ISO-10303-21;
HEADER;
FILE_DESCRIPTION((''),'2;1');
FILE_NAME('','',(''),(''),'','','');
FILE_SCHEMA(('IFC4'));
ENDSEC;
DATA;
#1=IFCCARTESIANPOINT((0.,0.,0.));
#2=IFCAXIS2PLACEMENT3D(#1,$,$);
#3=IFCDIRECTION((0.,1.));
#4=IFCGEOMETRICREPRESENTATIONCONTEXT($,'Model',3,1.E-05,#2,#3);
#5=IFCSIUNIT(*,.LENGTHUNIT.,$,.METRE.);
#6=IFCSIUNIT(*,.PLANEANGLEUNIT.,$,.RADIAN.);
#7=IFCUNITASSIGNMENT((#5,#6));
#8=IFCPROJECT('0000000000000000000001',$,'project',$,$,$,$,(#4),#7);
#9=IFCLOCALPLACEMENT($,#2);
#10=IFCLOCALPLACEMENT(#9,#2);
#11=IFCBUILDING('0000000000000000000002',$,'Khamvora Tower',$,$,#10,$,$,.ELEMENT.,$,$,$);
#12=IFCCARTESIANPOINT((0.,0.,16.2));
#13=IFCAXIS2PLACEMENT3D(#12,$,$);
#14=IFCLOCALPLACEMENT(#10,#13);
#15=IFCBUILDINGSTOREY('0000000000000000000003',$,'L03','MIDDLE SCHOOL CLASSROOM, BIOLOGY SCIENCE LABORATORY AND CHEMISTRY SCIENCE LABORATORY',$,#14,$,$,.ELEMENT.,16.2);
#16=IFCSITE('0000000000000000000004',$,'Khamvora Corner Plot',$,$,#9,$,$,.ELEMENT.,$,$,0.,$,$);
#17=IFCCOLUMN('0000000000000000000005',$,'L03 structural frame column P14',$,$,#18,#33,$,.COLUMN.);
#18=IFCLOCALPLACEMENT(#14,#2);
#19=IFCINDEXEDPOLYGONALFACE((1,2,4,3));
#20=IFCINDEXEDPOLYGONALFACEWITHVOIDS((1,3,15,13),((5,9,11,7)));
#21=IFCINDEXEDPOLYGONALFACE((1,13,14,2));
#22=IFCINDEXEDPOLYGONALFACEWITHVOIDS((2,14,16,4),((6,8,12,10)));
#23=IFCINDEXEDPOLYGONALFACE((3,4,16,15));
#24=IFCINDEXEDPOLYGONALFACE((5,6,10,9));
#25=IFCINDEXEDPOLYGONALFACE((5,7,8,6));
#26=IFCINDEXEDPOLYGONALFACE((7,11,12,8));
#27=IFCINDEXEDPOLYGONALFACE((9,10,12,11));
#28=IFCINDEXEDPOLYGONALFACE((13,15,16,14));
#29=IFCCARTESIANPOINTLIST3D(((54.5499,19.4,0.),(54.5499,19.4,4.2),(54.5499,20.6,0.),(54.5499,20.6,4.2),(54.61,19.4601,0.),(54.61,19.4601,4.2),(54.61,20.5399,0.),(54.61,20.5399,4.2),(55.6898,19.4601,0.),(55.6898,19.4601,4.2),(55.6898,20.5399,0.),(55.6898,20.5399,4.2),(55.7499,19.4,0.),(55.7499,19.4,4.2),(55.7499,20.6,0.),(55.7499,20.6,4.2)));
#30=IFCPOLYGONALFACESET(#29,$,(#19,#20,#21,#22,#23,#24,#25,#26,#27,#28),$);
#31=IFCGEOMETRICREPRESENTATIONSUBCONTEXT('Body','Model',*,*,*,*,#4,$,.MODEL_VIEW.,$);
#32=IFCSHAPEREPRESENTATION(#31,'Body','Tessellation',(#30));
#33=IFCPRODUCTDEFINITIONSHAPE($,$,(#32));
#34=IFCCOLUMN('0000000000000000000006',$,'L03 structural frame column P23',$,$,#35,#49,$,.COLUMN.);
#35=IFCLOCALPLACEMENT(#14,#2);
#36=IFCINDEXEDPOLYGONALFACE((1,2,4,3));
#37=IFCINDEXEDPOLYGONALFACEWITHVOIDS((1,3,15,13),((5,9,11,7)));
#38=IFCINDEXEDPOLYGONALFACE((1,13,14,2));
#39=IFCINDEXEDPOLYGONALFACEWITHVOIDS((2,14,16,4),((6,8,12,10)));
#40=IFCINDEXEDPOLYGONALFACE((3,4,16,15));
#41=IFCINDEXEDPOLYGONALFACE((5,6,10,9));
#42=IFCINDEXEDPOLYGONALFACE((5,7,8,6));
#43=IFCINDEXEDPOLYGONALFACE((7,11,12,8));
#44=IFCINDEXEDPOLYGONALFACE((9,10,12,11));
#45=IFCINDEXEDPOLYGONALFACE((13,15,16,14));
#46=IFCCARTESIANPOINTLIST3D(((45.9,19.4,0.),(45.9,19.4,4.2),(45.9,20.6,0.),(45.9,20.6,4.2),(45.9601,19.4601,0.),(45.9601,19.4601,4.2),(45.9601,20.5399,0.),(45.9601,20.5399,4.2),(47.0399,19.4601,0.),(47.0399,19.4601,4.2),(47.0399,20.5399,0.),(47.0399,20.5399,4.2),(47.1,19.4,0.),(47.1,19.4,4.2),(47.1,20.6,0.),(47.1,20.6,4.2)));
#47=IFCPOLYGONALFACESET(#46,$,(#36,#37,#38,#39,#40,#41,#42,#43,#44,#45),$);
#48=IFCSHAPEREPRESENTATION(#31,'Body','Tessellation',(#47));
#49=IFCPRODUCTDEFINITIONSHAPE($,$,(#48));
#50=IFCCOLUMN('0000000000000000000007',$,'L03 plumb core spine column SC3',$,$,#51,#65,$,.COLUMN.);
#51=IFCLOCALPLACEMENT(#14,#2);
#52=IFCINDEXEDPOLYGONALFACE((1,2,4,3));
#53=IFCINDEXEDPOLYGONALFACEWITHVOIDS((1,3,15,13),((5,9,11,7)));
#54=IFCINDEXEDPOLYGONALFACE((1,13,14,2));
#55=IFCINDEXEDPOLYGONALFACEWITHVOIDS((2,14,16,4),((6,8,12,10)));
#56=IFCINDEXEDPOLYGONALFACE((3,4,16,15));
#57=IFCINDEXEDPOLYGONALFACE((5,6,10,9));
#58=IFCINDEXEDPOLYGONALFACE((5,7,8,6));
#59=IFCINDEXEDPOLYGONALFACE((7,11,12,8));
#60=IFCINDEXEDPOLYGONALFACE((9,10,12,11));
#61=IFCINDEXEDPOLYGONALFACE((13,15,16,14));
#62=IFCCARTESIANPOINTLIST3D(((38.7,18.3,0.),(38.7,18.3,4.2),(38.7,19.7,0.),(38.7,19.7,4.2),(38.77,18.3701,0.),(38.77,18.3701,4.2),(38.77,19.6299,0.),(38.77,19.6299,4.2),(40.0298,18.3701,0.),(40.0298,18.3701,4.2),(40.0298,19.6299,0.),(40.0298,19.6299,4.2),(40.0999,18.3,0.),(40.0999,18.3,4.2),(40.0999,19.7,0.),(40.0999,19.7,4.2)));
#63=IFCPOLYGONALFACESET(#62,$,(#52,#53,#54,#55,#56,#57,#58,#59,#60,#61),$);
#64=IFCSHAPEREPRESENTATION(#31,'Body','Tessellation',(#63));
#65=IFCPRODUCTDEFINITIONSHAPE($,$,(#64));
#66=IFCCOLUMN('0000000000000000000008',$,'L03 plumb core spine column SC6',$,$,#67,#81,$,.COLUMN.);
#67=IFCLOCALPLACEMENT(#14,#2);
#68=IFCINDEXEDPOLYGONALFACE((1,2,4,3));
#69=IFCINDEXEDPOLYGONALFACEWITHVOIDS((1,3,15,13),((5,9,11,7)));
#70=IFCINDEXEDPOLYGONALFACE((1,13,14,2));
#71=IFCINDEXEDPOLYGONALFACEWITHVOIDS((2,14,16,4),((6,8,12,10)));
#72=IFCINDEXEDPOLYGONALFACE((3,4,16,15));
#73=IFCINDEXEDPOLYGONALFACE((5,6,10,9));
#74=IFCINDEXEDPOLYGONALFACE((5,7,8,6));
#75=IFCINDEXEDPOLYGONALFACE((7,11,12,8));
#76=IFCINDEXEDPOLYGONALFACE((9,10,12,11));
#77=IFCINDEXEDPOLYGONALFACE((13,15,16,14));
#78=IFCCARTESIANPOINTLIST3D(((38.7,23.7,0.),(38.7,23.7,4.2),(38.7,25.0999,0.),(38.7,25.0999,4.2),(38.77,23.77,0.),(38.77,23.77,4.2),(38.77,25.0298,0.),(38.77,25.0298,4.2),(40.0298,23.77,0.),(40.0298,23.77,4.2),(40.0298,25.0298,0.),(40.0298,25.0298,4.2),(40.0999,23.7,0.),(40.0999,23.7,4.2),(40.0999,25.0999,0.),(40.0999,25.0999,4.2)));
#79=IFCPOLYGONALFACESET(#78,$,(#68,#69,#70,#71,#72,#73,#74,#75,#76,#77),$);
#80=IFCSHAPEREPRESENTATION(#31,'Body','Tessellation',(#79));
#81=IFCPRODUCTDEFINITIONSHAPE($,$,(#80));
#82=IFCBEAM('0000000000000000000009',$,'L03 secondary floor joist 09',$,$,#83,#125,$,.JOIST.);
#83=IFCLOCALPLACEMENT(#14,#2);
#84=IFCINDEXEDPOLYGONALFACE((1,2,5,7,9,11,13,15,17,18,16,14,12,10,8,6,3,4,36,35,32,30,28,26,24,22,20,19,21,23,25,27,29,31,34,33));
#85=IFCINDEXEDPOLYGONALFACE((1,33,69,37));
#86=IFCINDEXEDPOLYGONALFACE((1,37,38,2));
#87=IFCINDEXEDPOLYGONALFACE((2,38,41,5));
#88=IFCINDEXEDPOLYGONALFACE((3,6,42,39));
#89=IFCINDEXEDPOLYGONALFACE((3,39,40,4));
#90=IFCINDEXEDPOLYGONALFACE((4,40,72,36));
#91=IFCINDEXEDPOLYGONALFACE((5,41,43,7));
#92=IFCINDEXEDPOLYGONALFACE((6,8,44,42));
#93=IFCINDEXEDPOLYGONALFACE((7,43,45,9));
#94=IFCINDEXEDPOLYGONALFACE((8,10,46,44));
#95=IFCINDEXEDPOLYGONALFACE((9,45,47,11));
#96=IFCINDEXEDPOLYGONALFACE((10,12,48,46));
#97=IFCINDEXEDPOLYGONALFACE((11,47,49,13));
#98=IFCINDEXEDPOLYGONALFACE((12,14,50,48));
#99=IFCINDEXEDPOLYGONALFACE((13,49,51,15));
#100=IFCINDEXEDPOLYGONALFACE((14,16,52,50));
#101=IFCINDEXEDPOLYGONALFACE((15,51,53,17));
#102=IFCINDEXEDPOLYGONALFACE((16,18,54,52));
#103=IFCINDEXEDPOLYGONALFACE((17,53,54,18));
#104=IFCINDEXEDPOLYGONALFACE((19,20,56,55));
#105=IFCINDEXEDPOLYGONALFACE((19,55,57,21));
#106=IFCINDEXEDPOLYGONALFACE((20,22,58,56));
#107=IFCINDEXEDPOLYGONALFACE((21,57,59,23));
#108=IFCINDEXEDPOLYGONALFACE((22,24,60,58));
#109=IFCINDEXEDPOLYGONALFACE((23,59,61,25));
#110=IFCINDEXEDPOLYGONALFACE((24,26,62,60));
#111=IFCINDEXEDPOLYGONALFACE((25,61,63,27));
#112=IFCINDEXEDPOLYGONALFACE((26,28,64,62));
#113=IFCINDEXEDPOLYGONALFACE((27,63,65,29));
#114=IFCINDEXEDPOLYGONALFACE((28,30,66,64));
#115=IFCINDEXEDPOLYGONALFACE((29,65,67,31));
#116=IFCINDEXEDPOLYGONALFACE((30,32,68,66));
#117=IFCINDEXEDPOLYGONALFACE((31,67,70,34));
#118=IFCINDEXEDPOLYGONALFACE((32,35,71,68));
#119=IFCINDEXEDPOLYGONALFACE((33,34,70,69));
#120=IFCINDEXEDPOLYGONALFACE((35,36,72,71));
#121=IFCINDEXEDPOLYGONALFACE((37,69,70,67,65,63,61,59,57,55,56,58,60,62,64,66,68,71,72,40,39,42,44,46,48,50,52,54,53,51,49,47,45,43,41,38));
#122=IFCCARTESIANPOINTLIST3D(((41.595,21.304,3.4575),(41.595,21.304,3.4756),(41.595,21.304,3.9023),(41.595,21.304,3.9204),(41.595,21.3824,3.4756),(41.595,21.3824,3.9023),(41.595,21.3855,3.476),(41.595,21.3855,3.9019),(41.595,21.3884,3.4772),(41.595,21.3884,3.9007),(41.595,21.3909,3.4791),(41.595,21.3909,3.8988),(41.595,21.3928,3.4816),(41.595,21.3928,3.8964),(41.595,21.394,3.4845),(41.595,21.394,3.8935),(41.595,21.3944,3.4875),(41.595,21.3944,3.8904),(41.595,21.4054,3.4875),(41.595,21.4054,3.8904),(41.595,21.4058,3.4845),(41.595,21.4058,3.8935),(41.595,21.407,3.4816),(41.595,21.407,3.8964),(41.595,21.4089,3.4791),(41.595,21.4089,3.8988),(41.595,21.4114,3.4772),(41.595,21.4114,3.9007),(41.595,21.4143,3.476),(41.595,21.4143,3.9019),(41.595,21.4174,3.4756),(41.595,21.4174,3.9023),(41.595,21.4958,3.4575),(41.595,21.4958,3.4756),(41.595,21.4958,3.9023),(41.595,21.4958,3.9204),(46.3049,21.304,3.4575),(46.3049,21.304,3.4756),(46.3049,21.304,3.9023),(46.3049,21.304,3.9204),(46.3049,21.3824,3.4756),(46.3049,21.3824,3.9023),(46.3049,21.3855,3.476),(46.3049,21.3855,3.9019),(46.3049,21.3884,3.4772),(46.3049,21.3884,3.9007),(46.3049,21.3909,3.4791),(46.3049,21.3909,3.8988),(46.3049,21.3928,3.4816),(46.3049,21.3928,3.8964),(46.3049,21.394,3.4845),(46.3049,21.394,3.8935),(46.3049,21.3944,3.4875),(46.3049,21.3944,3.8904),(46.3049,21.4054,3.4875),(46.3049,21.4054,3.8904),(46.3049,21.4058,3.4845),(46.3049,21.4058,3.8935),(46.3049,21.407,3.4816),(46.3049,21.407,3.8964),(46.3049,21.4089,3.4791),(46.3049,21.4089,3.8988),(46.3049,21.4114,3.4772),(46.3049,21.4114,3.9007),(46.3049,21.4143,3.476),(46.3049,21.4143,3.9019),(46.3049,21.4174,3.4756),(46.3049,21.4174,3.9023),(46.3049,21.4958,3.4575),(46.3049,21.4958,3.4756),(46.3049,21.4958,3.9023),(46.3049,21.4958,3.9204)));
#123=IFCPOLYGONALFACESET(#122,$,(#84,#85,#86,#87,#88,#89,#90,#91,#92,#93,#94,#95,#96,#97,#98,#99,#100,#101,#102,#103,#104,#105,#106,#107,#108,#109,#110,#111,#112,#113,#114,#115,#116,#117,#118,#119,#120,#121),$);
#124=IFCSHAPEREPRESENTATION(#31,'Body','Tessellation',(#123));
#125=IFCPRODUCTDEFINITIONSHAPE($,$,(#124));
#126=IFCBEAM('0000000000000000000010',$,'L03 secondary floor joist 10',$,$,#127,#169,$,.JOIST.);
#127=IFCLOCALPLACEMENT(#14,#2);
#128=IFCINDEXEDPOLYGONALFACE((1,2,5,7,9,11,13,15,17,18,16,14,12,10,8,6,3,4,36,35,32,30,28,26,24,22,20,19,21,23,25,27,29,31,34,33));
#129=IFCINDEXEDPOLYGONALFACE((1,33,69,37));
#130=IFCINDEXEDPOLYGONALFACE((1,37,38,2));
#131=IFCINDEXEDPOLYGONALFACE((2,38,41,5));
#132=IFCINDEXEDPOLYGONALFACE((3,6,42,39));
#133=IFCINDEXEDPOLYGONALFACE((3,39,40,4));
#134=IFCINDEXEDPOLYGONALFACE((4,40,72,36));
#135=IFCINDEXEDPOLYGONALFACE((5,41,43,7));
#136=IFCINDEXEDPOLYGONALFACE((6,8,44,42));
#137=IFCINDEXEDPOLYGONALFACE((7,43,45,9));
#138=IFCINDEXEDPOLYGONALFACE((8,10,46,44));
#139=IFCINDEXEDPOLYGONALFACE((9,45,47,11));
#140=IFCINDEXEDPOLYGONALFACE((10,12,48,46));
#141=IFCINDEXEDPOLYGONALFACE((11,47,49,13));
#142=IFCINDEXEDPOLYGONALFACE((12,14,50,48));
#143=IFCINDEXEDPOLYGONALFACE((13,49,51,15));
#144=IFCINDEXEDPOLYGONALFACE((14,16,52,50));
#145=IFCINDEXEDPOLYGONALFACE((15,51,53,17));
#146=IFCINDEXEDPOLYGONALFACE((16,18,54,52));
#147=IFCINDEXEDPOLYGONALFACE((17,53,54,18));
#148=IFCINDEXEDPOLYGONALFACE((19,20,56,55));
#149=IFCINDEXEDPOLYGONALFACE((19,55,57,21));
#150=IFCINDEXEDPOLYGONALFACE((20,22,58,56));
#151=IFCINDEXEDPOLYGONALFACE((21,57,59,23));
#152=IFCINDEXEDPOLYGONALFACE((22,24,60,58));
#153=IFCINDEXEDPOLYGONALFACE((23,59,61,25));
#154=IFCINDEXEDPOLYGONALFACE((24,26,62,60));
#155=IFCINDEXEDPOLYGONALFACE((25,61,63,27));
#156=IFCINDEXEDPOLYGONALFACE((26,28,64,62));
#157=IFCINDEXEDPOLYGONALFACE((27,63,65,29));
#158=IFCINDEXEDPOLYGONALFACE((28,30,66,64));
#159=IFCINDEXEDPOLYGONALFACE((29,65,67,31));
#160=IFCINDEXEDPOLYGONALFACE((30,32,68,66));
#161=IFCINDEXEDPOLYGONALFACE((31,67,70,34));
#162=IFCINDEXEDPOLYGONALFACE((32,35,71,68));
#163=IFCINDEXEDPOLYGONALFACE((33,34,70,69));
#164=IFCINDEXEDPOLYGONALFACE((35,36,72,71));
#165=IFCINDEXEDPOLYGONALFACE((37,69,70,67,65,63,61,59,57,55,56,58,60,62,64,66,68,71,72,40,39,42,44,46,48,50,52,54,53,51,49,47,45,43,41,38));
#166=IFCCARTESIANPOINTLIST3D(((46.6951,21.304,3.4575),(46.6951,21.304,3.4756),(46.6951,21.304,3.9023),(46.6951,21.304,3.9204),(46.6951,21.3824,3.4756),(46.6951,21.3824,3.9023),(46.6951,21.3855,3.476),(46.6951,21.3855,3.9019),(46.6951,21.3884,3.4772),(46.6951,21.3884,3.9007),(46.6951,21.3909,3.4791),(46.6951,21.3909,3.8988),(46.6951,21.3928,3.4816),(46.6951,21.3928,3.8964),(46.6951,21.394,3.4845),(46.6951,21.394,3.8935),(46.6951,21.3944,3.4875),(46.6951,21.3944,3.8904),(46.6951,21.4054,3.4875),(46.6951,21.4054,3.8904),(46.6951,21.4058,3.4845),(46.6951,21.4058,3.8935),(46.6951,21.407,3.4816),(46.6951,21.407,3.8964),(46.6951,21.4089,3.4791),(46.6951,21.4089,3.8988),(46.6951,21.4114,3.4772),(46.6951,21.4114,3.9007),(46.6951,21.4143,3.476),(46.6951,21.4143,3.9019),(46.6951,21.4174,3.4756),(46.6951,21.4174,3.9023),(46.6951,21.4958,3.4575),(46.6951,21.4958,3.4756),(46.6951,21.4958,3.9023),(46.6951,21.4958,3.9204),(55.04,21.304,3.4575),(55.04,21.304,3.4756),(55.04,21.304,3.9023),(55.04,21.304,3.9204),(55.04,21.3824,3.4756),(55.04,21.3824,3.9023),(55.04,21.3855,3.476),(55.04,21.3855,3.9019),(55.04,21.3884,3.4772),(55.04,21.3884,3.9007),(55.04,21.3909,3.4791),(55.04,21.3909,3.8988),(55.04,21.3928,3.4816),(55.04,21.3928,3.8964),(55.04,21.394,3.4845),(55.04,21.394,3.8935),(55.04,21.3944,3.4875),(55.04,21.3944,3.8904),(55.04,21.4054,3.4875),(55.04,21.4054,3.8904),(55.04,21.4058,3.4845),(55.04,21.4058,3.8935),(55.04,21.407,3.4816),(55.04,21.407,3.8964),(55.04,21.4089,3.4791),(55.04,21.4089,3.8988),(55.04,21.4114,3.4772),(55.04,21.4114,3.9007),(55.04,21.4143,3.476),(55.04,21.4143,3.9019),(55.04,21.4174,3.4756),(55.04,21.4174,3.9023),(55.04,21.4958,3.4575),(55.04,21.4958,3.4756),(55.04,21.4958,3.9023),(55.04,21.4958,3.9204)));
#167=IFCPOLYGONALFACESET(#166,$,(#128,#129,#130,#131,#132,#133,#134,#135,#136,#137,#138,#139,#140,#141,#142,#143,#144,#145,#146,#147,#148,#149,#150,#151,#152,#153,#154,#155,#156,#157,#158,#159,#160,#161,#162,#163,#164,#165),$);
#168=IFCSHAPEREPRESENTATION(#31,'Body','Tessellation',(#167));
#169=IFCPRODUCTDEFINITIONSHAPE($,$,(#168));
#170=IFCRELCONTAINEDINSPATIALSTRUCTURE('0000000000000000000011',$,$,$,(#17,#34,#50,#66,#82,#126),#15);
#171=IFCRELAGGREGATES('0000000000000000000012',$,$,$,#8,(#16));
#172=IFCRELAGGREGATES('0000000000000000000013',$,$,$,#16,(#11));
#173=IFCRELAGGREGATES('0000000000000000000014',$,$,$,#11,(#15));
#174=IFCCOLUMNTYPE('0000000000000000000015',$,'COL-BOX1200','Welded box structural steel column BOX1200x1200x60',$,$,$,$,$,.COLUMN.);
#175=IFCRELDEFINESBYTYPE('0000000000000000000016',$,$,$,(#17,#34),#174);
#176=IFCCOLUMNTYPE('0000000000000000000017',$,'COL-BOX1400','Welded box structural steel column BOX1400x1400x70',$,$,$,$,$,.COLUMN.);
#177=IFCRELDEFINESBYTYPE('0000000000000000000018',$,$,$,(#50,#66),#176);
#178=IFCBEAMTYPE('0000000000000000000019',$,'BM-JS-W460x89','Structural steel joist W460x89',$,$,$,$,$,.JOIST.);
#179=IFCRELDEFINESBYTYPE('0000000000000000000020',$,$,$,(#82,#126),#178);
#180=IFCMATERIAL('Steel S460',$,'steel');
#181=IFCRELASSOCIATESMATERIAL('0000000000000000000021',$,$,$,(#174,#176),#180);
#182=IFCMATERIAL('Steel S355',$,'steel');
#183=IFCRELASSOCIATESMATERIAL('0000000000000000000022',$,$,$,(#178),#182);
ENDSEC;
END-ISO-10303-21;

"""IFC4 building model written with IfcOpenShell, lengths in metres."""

from ifc_helpers import new_model, si_unit, direction, frame, origin, origin_2d, place, context, subcontext, project, spatial, hollow_rectangle, i_section, extrude, material, material_profile, profile_set, type_object, element, save


model = new_model("IFC4")

# Units and contexts
model_context = context("Model", 3, precision=1e-05, world=origin(), true_north=direction((0.0, 1.0)))
body_context = subcontext(model_context, "Body", "Model", "MODEL_VIEW")
ifc_project = project(units=[si_unit("LENGTHUNIT", "METRE"), si_unit("PLANEANGLEUNIT", "RADIAN")], contexts=[model_context])

# Site, building, storey
site_placement = place(None, origin())
site = spatial("IfcSite", under=ifc_project, at=site_placement, Name="Khamvora Corner Plot", CompositionType="ELEMENT", RefElevation=0.0)
building_placement = place(site_placement, origin())
building = spatial("IfcBuilding", under=site, at=building_placement, Name="Khamvora Tower", CompositionType="ELEMENT")
storey_placement = place(building_placement, frame((0.0, 0.0, 16.2)))
storey = spatial("IfcBuildingStorey", under=building, at=storey_placement, Name="L03", Description="MIDDLE SCHOOL CLASSROOM, BIOLOGY SCIENCE LABORATORY AND CHEMISTRY SCIENCE LABORATORY", CompositionType="ELEMENT", Elevation=16.2)

# Columns
ifc_material_1 = material(Name="Steel S460", Category="steel")
ifc_material_profile_1 = material_profile(ifc_material_1, hollow_rectangle(XDim=1.2, YDim=1.2, WallThickness=0.0601, at=origin_2d()), Name="BOX1200x1200x60")
ifc_profile_set_1 = profile_set([ifc_material_profile_1], Name="Steel S460")
column_type_1 = type_object("IfcColumnType", Name="COL-BOX1200", Description="Welded box structural steel column BOX1200x1200x60", PredefinedType="COLUMN", material=ifc_profile_set_1)
for number, where, z_axis, x_axis, name in (
    (1, (55.1499, 20.0, 0.0), (0.0, 0.0, 1.0), (1.0, 0.0, 0.0), "L03 structural frame column P14"),
    (2, (46.5, 20.0, 0.0), (0.0, 0.0, 1.0), (1.0, 0.0, 0.0), "L03 structural frame column P23"),
):
    element("IfcColumn", number, at=place(storey_placement, frame(where, z_axis=z_axis, x_axis=x_axis)), inside=storey, type_object=column_type_1, Name=name, PredefinedType="COLUMN", context=body_context, shape_type="SweptSolid", body=[
        extrude(hollow_rectangle(XDim=1.2, YDim=1.2, WallThickness=0.0601, at=origin_2d()), origin(), (0.0, 0.0, 1.0), 4.2),
    ])
ifc_material_profile_2 = material_profile(ifc_material_1, hollow_rectangle(XDim=1.3999, YDim=1.3999, WallThickness=0.0701, at=origin_2d()), Name="BOX1400x1400x70")
ifc_profile_set_2 = profile_set([ifc_material_profile_2], Name="Steel S460")
column_type_2 = type_object("IfcColumnType", Name="COL-BOX1400", Description="Welded box structural steel column BOX1400x1400x70", PredefinedType="COLUMN", material=ifc_profile_set_2)
for number, where, z_axis, x_axis, name in (
    (3, (39.3999, 19.0, 0.0), (0.0, 0.0, 1.0), (1.0, 0.0, 0.0), "L03 plumb core spine column SC3"),
    (4, (39.3999, 24.3999, 0.0), (0.0, 0.0, 1.0), (1.0, 0.0, 0.0), "L03 plumb core spine column SC6"),
):
    element("IfcColumn", number, at=place(storey_placement, frame(where, z_axis=z_axis, x_axis=x_axis)), inside=storey, type_object=column_type_2, Name=name, PredefinedType="COLUMN", context=body_context, shape_type="SweptSolid", body=[
        extrude(hollow_rectangle(XDim=1.3999, YDim=1.3999, WallThickness=0.0701, at=origin_2d()), origin(), (0.0, 0.0, 1.0), 4.2),
    ])

# Beams
ifc_material_2 = material(Name="Steel S355", Category="steel")
ifc_material_profile_3 = material_profile(ifc_material_2, i_section(OverallWidth=0.1919, OverallDepth=0.4629, WebThickness=0.011, FlangeThickness=0.0181, FilletRadius=0.012, at=origin_2d()), Name="W460x89")
ifc_profile_set_3 = profile_set([ifc_material_profile_3], Name="Steel S355")
beam_type_1 = type_object("IfcBeamType", Name="BM-JS-W460x89", Description="Structural steel joist W460x89", PredefinedType="JOIST", material=ifc_profile_set_3)
beam_1_placement = place(storey_placement, frame((41.595, 21.3999, 3.689), z_axis=(1.0, 0.0, 0.0), x_axis=(0.0, 1.0, 0.0)))
element("IfcBeam", 5, at=beam_1_placement, inside=storey, type_object=beam_type_1, Name="L03 secondary floor joist 09", PredefinedType="JOIST", context=body_context, shape_type="SweptSolid", body=[
    extrude(i_section(OverallWidth=0.1919, OverallDepth=0.4629, WebThickness=0.011, FlangeThickness=0.0181, FilletRadius=0.012, at=origin_2d()), origin(), (0.0, 0.0, 1.0), 4.71),
])
beam_2_placement = place(storey_placement, frame((46.6951, 21.3999, 3.689), z_axis=(1.0, 0.0, 0.0), x_axis=(0.0, 1.0, 0.0)))
element("IfcBeam", 6, at=beam_2_placement, inside=storey, type_object=beam_type_1, Name="L03 secondary floor joist 10", PredefinedType="JOIST", context=body_context, shape_type="SweptSolid", body=[
    extrude(i_section(OverallWidth=0.1919, OverallDepth=0.4629, WebThickness=0.011, FlangeThickness=0.0181, FilletRadius=0.012, at=origin_2d()), origin(), (0.0, 0.0, 1.0), 8.345),
])

save(model, "model.ifc")
